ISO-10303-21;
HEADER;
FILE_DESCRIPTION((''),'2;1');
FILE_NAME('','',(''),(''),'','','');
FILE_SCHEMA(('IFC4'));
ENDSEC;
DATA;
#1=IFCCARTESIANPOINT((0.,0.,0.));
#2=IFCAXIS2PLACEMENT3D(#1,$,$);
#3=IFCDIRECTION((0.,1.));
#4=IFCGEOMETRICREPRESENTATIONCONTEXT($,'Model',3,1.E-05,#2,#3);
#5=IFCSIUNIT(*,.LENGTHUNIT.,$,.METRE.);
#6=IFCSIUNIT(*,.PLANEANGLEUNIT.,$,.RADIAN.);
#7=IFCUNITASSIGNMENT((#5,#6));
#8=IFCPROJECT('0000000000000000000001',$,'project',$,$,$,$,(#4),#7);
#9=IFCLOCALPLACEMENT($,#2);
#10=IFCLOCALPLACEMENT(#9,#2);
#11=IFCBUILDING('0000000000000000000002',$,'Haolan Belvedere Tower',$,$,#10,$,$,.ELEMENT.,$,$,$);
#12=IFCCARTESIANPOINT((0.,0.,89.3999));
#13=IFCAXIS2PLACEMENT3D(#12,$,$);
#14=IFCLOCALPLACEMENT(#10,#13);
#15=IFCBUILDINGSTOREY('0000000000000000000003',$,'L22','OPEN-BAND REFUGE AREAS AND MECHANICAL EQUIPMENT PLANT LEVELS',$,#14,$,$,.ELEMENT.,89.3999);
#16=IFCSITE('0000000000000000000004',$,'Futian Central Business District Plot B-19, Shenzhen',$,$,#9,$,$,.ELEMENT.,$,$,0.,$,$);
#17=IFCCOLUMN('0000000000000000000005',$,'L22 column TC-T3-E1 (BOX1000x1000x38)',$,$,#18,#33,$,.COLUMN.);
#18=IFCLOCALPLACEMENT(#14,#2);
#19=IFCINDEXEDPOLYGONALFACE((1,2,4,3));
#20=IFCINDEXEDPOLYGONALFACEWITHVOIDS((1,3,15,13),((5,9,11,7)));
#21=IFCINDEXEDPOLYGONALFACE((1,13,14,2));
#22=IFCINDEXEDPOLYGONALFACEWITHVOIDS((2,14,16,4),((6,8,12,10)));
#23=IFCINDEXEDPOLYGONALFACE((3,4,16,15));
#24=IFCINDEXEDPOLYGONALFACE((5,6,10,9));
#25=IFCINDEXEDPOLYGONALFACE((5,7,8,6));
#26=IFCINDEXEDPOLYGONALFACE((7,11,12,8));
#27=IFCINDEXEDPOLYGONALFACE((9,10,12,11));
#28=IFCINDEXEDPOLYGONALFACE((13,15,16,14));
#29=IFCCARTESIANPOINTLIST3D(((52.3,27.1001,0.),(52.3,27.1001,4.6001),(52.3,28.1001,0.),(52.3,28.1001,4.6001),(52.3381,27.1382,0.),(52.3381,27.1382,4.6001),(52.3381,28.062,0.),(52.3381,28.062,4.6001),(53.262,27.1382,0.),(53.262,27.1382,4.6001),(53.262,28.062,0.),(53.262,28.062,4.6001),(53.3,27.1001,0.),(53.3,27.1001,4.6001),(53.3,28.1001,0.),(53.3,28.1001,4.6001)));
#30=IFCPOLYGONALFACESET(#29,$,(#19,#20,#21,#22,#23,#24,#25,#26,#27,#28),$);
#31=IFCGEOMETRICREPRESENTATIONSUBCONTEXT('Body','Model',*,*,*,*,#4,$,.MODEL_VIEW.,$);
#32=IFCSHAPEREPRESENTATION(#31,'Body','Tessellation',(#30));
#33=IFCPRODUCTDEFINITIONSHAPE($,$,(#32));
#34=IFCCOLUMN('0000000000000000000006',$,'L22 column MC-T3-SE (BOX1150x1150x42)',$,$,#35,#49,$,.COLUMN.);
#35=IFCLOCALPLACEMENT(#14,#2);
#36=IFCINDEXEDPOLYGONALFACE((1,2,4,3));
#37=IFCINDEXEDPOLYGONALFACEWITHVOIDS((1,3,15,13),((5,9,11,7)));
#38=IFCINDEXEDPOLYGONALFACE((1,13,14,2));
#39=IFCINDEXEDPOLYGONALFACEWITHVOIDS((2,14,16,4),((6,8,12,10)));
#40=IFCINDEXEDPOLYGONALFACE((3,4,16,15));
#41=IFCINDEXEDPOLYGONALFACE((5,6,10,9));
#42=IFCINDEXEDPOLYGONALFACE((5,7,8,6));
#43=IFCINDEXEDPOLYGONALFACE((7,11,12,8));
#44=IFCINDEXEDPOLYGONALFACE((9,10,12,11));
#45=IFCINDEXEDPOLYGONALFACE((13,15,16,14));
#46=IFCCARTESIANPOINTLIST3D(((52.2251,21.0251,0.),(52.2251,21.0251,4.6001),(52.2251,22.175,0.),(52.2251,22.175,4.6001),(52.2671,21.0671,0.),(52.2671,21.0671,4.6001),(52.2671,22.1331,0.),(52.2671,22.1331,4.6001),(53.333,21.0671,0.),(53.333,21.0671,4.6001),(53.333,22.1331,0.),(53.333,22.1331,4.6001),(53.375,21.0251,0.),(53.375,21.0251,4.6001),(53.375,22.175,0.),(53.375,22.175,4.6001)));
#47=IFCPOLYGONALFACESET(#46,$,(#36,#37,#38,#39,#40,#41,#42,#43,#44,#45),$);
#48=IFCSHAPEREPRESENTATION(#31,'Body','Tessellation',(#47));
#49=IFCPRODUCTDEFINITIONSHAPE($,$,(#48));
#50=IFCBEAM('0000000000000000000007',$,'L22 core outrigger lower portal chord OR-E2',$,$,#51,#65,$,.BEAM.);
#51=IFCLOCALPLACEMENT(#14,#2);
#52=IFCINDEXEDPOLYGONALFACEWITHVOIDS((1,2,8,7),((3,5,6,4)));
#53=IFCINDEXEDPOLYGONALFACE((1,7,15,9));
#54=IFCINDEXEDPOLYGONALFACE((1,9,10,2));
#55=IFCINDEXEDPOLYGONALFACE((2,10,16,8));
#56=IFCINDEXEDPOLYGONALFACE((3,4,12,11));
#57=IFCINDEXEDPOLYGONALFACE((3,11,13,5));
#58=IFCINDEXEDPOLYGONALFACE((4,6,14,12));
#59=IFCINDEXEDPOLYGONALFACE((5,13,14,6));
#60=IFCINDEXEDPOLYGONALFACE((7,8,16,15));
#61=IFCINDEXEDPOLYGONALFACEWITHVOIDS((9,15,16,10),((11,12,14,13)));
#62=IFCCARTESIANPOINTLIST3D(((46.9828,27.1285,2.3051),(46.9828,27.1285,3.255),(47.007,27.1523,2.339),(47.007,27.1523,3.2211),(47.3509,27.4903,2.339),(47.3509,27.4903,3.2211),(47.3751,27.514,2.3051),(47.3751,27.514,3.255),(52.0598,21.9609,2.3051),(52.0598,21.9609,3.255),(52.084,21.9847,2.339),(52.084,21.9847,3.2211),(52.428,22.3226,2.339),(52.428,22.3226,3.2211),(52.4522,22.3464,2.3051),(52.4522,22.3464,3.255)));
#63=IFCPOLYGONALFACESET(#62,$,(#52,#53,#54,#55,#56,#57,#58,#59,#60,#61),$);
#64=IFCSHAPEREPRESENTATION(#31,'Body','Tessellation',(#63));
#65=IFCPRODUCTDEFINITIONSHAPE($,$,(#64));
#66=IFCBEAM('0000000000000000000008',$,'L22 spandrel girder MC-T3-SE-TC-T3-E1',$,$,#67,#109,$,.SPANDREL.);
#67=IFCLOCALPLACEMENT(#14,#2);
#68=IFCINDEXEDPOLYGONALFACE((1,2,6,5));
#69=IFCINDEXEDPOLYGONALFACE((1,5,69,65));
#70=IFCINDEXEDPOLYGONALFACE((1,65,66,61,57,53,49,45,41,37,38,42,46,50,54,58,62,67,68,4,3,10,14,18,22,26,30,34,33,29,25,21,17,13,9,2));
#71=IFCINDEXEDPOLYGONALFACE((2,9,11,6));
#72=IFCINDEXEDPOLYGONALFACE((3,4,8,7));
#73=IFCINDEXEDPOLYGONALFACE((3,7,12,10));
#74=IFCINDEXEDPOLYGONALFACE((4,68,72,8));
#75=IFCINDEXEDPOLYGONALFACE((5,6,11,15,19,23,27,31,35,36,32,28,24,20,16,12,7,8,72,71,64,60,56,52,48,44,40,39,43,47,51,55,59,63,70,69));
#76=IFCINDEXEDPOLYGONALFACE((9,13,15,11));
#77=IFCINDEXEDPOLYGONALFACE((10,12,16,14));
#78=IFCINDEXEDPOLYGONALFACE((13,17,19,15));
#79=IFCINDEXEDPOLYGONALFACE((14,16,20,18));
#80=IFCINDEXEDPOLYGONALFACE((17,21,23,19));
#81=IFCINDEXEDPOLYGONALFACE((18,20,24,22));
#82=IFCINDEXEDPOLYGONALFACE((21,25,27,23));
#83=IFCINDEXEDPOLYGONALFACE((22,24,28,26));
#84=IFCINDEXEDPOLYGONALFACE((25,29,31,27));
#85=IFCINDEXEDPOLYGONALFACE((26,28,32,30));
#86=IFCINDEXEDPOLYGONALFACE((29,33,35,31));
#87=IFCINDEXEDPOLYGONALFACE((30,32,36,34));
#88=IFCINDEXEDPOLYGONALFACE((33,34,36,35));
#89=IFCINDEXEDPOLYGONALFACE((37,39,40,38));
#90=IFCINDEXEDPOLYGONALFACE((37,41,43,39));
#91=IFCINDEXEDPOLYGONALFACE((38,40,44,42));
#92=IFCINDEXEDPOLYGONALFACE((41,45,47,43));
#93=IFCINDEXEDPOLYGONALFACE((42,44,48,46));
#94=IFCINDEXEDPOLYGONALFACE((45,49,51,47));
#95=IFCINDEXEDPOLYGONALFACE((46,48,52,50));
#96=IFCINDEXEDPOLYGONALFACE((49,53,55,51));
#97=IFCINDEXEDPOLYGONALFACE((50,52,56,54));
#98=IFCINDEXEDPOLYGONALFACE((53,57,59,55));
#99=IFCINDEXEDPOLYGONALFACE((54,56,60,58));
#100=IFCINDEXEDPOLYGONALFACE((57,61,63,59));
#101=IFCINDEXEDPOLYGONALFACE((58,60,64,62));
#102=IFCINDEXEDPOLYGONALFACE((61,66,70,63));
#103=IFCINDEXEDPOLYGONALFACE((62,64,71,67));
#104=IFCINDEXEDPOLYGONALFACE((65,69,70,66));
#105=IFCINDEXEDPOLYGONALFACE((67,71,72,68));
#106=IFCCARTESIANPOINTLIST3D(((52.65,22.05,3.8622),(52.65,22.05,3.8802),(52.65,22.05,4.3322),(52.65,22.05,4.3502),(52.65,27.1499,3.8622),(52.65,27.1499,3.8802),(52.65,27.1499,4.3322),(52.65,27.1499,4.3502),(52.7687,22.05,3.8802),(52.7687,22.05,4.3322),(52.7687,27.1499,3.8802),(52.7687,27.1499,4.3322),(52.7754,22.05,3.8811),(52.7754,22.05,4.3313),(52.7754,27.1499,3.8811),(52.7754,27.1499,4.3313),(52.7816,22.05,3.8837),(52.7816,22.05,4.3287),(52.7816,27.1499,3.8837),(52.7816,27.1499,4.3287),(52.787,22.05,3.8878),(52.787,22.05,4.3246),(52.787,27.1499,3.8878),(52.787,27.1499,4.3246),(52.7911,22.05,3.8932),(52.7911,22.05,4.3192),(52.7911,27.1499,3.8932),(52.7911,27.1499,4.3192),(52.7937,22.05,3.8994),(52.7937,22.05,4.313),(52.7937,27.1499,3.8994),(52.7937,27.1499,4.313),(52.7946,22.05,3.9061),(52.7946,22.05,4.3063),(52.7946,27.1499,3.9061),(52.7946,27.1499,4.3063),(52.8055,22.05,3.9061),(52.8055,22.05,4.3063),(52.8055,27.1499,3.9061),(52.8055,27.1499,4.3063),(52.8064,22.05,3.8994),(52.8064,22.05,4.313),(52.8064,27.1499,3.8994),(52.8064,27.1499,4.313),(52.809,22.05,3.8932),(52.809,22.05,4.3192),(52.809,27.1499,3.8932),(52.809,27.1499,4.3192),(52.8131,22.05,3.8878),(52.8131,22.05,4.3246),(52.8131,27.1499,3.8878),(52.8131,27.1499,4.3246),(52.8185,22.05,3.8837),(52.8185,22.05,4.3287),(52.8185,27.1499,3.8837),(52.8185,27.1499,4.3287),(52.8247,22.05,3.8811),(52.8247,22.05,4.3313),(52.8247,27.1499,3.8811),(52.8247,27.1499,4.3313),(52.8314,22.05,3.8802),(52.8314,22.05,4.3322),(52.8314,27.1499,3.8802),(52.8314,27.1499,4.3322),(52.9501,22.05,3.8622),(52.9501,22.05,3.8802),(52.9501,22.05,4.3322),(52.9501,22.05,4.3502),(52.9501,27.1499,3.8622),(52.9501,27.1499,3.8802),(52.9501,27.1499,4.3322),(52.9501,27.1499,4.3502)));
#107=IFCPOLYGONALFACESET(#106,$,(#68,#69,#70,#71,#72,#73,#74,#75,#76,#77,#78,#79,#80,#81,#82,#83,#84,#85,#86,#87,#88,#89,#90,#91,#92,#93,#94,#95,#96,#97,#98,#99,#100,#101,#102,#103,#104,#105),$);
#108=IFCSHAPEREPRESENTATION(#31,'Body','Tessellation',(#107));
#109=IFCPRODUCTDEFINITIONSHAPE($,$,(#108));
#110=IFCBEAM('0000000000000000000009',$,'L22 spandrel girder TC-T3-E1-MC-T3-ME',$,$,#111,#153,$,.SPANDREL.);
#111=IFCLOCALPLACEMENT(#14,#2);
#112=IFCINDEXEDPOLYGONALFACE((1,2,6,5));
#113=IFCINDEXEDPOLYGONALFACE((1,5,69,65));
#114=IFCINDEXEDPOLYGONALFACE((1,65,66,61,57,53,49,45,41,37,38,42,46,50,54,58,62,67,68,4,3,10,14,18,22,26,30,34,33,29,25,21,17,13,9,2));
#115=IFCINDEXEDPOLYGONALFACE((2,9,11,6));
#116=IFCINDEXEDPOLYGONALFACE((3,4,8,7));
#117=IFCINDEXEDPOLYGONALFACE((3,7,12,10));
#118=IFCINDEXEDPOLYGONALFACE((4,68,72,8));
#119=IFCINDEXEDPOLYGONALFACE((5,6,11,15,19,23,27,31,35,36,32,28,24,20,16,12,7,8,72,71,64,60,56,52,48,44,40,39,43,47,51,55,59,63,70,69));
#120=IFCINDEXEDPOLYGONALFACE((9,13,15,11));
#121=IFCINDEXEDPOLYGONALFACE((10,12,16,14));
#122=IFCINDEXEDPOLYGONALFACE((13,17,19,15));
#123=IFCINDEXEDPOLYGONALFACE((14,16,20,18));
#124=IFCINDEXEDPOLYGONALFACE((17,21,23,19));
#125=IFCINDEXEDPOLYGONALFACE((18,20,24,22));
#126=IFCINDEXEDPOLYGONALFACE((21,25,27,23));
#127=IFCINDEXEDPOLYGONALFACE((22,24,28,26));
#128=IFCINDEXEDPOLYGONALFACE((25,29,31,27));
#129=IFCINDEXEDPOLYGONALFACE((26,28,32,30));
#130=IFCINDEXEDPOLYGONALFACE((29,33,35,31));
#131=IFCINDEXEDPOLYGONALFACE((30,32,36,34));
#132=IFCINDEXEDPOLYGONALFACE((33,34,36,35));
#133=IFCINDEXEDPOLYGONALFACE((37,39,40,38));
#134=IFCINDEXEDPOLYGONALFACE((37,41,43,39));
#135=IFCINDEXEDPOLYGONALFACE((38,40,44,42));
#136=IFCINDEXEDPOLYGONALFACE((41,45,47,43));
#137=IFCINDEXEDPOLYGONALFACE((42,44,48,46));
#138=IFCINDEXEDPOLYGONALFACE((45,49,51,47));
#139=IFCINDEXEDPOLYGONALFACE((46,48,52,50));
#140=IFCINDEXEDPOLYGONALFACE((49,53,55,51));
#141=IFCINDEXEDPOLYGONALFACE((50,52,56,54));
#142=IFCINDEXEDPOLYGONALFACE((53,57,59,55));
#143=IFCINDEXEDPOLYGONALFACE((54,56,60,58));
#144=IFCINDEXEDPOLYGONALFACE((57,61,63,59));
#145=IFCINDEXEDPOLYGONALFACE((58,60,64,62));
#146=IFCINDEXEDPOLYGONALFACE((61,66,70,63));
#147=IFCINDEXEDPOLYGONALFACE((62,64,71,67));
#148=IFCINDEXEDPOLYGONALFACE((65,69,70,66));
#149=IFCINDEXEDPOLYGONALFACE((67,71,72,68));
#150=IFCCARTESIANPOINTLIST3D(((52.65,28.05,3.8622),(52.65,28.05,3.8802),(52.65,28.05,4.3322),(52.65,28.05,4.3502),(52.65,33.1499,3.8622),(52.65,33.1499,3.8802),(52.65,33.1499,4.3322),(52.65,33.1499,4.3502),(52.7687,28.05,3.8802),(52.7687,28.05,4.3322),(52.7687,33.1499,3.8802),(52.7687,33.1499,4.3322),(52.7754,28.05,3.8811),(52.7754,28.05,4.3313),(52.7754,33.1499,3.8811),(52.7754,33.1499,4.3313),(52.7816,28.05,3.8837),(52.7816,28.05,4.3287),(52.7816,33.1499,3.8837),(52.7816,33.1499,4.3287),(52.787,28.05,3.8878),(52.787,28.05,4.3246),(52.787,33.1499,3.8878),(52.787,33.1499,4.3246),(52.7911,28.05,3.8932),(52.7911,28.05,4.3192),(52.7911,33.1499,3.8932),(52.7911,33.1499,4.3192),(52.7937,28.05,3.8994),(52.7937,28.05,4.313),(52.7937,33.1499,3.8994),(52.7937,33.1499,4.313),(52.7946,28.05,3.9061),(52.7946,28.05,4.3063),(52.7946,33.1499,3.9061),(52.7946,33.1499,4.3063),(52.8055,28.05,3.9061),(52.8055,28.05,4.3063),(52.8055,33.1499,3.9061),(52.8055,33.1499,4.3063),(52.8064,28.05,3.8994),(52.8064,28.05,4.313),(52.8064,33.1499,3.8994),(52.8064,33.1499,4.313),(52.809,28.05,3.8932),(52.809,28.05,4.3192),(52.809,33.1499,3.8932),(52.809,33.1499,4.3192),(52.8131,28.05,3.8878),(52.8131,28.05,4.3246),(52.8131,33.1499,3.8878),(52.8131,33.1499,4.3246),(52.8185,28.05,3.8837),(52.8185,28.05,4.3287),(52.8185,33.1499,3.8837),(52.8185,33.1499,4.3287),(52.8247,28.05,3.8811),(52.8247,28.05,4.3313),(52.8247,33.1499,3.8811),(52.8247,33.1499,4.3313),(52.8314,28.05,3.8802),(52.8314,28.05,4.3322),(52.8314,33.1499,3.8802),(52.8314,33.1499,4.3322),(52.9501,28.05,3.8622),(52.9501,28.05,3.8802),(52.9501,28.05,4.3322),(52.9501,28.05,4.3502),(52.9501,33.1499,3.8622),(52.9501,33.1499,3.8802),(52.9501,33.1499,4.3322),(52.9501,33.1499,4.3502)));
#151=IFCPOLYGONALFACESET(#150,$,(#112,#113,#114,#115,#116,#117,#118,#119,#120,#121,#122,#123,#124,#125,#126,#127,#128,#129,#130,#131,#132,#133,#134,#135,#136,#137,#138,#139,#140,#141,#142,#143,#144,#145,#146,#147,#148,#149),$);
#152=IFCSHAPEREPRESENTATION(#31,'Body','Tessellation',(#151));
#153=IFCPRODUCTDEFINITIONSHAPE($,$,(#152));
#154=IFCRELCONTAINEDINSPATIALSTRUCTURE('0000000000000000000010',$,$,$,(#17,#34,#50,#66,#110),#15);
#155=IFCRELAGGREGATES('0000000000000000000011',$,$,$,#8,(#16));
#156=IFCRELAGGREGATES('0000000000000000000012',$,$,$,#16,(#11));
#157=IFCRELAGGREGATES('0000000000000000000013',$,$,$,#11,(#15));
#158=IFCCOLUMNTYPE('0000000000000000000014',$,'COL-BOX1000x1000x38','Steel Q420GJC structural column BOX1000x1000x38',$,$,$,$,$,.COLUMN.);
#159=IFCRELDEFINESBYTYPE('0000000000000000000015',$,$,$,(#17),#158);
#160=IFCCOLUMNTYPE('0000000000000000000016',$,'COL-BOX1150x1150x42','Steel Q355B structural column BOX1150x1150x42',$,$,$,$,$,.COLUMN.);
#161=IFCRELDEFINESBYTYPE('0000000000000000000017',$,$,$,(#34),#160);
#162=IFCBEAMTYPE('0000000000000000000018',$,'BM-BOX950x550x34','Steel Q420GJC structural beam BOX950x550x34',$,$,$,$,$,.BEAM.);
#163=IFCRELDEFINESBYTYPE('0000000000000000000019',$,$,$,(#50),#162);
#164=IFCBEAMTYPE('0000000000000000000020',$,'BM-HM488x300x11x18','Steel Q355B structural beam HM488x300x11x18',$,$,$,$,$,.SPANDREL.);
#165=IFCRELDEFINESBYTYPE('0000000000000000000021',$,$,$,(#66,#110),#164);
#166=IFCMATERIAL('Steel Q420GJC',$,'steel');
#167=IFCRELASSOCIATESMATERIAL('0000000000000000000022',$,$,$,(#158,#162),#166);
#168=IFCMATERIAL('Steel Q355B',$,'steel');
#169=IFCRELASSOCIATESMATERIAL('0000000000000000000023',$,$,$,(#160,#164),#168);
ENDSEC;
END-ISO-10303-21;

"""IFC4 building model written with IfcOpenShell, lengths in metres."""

from ifc_helpers import new_model, si_unit, direction, frame, origin, origin_2d, place, context, subcontext, project, spatial, hollow_rectangle, i_section, extrude, material, material_profile, profile_set, type_object, element, save


model = new_model("IFC4")

# Units and contexts
model_context = context("Model", 3, precision=1e-05, world=origin(), true_north=direction((0.0, 1.0)))
body_context = subcontext(model_context, "Body", "Model", "MODEL_VIEW")
ifc_project = project(units=[si_unit("LENGTHUNIT", "METRE"), si_unit("PLANEANGLEUNIT", "RADIAN")], contexts=[model_context])

# Site, building, storey
site_placement = place(None, origin())
site = spatial("IfcSite", under=ifc_project, at=site_placement, Name="Futian Central Business District Plot B-19, Shenzhen", CompositionType="ELEMENT", RefElevation=0.0)
building_placement = place(site_placement, origin())
building = spatial("IfcBuilding", under=site, at=building_placement, Name="Haolan Belvedere Tower", CompositionType="ELEMENT")
storey_placement = place(building_placement, frame((0.0, 0.0, 89.3999)))
storey = spatial("IfcBuildingStorey", under=building, at=storey_placement, Name="L22", Description="OPEN-BAND REFUGE AREAS AND MECHANICAL EQUIPMENT PLANT LEVELS", CompositionType="ELEMENT", Elevation=89.3999)

# Columns
ifc_material_1 = material(Name="Steel Q420GJC", Category="steel")
ifc_material_profile_1 = material_profile(ifc_material_1, hollow_rectangle(XDim=1.0, YDim=1.0, WallThickness=0.0381, at=origin_2d()), Name="Steel Q420GJC")
ifc_profile_set_1 = profile_set([ifc_material_profile_1], Name="Steel Q420GJC")
column_type_1 = type_object("IfcColumnType", Name="COL-BOX1000x1000x38", Description="Steel Q420GJC structural column BOX1000x1000x38", PredefinedType="COLUMN", material=ifc_profile_set_1)
column_1_placement = place(storey_placement, frame((52.8, 27.6001, 0.0), z_axis=(0.0, 0.0, 1.0), x_axis=(1.0, 0.0, 0.0)))
element("IfcColumn", 1, at=column_1_placement, inside=storey, type_object=column_type_1, Name="L22 column TC-T3-E1 (BOX1000x1000x38)", PredefinedType="COLUMN", context=body_context, shape_type="SweptSolid", body=[
    extrude(hollow_rectangle(XDim=1.0, YDim=1.0, WallThickness=0.0381, at=origin_2d()), origin(), (0.0, 0.0, 1.0), 4.6001),
])
ifc_material_2 = material(Name="Steel Q355B", Category="steel")
ifc_material_profile_2 = material_profile(ifc_material_2, hollow_rectangle(XDim=1.1499, YDim=1.1499, WallThickness=0.042, at=origin_2d()), Name="Steel Q355B")
ifc_profile_set_2 = profile_set([ifc_material_profile_2], Name="Steel Q355B")
column_type_2 = type_object("IfcColumnType", Name="COL-BOX1150x1150x42", Description="Steel Q355B structural column BOX1150x1150x42", PredefinedType="COLUMN", material=ifc_profile_set_2)
column_2_placement = place(storey_placement, frame((52.8, 21.6001, 0.0), z_axis=(0.0, 0.0, 1.0), x_axis=(1.0, 0.0, 0.0)))
element("IfcColumn", 2, at=column_2_placement, inside=storey, type_object=column_type_2, Name="L22 column MC-T3-SE (BOX1150x1150x42)", PredefinedType="COLUMN", context=body_context, shape_type="SweptSolid", body=[
    extrude(hollow_rectangle(XDim=1.1499, YDim=1.1499, WallThickness=0.042, at=origin_2d()), origin(), (0.0, 0.0, 1.0), 4.6001),
])

# Beams
ifc_material_profile_3 = material_profile(ifc_material_1, hollow_rectangle(XDim=0.55, YDim=0.95, WallThickness=0.0339, at=origin_2d()), Name="Steel Q420GJC")
ifc_profile_set_3 = profile_set([ifc_material_profile_3], Name="Steel Q420GJC")
beam_type_1 = type_object("IfcBeamType", Name="BM-BOX950x550x34", Description="Steel Q420GJC structural beam BOX950x550x34", PredefinedType="BEAM", material=ifc_profile_set_3)
beam_1_placement = place(storey_placement, frame((47.179, 27.3213, 2.78), z_axis=(0.700828, -0.713331, 0.0), x_axis=(0.713331, 0.700828, 0.0)))
element("IfcBeam", 3, at=beam_1_placement, inside=storey, type_object=beam_type_1, Name="L22 core outrigger lower portal chord OR-E2", PredefinedType="BEAM", context=body_context, shape_type="SweptSolid", body=[
    extrude(hollow_rectangle(XDim=0.55, YDim=0.95, WallThickness=0.0339, at=origin_2d()), origin(), (0.0, 0.0, 1.0), 7.2444),
])
ifc_material_profile_4 = material_profile(ifc_material_2, i_section(OverallWidth=0.3, OverallDepth=0.488, WebThickness=0.011, FlangeThickness=0.0181, FilletRadius=0.0259, at=origin_2d()), Name="Steel Q355B")
ifc_profile_set_4 = profile_set([ifc_material_profile_4], Name="Steel Q355B")
beam_type_2 = type_object("IfcBeamType", Name="BM-HM488x300x11x18", Description="Steel Q355B structural beam HM488x300x11x18", PredefinedType="SPANDREL", material=ifc_profile_set_4)
for number, where, z_axis, x_axis, name in (
    (4, (52.8, 22.05, 4.1062), (0.0, 1.0, 0.0), (-1.0, 0.0, 0.0), "L22 spandrel girder MC-T3-SE-TC-T3-E1"),
    (5, (52.8, 28.05, 4.1062), (0.0, 1.0, 0.0), (-1.0, 0.0, 0.0), "L22 spandrel girder TC-T3-E1-MC-T3-ME"),
):
    element("IfcBeam", number, at=place(storey_placement, frame(where, z_axis=z_axis, x_axis=x_axis)), inside=storey, type_object=beam_type_2, Name=name, PredefinedType="SPANDREL", context=body_context, shape_type="SweptSolid", body=[
        extrude(i_section(OverallWidth=0.3, OverallDepth=0.488, WebThickness=0.011, FlangeThickness=0.0181, FilletRadius=0.0259, at=origin_2d()), origin(), (0.0, 0.0, 1.0), 5.0999),
    ])

save(model, "model.ifc")
